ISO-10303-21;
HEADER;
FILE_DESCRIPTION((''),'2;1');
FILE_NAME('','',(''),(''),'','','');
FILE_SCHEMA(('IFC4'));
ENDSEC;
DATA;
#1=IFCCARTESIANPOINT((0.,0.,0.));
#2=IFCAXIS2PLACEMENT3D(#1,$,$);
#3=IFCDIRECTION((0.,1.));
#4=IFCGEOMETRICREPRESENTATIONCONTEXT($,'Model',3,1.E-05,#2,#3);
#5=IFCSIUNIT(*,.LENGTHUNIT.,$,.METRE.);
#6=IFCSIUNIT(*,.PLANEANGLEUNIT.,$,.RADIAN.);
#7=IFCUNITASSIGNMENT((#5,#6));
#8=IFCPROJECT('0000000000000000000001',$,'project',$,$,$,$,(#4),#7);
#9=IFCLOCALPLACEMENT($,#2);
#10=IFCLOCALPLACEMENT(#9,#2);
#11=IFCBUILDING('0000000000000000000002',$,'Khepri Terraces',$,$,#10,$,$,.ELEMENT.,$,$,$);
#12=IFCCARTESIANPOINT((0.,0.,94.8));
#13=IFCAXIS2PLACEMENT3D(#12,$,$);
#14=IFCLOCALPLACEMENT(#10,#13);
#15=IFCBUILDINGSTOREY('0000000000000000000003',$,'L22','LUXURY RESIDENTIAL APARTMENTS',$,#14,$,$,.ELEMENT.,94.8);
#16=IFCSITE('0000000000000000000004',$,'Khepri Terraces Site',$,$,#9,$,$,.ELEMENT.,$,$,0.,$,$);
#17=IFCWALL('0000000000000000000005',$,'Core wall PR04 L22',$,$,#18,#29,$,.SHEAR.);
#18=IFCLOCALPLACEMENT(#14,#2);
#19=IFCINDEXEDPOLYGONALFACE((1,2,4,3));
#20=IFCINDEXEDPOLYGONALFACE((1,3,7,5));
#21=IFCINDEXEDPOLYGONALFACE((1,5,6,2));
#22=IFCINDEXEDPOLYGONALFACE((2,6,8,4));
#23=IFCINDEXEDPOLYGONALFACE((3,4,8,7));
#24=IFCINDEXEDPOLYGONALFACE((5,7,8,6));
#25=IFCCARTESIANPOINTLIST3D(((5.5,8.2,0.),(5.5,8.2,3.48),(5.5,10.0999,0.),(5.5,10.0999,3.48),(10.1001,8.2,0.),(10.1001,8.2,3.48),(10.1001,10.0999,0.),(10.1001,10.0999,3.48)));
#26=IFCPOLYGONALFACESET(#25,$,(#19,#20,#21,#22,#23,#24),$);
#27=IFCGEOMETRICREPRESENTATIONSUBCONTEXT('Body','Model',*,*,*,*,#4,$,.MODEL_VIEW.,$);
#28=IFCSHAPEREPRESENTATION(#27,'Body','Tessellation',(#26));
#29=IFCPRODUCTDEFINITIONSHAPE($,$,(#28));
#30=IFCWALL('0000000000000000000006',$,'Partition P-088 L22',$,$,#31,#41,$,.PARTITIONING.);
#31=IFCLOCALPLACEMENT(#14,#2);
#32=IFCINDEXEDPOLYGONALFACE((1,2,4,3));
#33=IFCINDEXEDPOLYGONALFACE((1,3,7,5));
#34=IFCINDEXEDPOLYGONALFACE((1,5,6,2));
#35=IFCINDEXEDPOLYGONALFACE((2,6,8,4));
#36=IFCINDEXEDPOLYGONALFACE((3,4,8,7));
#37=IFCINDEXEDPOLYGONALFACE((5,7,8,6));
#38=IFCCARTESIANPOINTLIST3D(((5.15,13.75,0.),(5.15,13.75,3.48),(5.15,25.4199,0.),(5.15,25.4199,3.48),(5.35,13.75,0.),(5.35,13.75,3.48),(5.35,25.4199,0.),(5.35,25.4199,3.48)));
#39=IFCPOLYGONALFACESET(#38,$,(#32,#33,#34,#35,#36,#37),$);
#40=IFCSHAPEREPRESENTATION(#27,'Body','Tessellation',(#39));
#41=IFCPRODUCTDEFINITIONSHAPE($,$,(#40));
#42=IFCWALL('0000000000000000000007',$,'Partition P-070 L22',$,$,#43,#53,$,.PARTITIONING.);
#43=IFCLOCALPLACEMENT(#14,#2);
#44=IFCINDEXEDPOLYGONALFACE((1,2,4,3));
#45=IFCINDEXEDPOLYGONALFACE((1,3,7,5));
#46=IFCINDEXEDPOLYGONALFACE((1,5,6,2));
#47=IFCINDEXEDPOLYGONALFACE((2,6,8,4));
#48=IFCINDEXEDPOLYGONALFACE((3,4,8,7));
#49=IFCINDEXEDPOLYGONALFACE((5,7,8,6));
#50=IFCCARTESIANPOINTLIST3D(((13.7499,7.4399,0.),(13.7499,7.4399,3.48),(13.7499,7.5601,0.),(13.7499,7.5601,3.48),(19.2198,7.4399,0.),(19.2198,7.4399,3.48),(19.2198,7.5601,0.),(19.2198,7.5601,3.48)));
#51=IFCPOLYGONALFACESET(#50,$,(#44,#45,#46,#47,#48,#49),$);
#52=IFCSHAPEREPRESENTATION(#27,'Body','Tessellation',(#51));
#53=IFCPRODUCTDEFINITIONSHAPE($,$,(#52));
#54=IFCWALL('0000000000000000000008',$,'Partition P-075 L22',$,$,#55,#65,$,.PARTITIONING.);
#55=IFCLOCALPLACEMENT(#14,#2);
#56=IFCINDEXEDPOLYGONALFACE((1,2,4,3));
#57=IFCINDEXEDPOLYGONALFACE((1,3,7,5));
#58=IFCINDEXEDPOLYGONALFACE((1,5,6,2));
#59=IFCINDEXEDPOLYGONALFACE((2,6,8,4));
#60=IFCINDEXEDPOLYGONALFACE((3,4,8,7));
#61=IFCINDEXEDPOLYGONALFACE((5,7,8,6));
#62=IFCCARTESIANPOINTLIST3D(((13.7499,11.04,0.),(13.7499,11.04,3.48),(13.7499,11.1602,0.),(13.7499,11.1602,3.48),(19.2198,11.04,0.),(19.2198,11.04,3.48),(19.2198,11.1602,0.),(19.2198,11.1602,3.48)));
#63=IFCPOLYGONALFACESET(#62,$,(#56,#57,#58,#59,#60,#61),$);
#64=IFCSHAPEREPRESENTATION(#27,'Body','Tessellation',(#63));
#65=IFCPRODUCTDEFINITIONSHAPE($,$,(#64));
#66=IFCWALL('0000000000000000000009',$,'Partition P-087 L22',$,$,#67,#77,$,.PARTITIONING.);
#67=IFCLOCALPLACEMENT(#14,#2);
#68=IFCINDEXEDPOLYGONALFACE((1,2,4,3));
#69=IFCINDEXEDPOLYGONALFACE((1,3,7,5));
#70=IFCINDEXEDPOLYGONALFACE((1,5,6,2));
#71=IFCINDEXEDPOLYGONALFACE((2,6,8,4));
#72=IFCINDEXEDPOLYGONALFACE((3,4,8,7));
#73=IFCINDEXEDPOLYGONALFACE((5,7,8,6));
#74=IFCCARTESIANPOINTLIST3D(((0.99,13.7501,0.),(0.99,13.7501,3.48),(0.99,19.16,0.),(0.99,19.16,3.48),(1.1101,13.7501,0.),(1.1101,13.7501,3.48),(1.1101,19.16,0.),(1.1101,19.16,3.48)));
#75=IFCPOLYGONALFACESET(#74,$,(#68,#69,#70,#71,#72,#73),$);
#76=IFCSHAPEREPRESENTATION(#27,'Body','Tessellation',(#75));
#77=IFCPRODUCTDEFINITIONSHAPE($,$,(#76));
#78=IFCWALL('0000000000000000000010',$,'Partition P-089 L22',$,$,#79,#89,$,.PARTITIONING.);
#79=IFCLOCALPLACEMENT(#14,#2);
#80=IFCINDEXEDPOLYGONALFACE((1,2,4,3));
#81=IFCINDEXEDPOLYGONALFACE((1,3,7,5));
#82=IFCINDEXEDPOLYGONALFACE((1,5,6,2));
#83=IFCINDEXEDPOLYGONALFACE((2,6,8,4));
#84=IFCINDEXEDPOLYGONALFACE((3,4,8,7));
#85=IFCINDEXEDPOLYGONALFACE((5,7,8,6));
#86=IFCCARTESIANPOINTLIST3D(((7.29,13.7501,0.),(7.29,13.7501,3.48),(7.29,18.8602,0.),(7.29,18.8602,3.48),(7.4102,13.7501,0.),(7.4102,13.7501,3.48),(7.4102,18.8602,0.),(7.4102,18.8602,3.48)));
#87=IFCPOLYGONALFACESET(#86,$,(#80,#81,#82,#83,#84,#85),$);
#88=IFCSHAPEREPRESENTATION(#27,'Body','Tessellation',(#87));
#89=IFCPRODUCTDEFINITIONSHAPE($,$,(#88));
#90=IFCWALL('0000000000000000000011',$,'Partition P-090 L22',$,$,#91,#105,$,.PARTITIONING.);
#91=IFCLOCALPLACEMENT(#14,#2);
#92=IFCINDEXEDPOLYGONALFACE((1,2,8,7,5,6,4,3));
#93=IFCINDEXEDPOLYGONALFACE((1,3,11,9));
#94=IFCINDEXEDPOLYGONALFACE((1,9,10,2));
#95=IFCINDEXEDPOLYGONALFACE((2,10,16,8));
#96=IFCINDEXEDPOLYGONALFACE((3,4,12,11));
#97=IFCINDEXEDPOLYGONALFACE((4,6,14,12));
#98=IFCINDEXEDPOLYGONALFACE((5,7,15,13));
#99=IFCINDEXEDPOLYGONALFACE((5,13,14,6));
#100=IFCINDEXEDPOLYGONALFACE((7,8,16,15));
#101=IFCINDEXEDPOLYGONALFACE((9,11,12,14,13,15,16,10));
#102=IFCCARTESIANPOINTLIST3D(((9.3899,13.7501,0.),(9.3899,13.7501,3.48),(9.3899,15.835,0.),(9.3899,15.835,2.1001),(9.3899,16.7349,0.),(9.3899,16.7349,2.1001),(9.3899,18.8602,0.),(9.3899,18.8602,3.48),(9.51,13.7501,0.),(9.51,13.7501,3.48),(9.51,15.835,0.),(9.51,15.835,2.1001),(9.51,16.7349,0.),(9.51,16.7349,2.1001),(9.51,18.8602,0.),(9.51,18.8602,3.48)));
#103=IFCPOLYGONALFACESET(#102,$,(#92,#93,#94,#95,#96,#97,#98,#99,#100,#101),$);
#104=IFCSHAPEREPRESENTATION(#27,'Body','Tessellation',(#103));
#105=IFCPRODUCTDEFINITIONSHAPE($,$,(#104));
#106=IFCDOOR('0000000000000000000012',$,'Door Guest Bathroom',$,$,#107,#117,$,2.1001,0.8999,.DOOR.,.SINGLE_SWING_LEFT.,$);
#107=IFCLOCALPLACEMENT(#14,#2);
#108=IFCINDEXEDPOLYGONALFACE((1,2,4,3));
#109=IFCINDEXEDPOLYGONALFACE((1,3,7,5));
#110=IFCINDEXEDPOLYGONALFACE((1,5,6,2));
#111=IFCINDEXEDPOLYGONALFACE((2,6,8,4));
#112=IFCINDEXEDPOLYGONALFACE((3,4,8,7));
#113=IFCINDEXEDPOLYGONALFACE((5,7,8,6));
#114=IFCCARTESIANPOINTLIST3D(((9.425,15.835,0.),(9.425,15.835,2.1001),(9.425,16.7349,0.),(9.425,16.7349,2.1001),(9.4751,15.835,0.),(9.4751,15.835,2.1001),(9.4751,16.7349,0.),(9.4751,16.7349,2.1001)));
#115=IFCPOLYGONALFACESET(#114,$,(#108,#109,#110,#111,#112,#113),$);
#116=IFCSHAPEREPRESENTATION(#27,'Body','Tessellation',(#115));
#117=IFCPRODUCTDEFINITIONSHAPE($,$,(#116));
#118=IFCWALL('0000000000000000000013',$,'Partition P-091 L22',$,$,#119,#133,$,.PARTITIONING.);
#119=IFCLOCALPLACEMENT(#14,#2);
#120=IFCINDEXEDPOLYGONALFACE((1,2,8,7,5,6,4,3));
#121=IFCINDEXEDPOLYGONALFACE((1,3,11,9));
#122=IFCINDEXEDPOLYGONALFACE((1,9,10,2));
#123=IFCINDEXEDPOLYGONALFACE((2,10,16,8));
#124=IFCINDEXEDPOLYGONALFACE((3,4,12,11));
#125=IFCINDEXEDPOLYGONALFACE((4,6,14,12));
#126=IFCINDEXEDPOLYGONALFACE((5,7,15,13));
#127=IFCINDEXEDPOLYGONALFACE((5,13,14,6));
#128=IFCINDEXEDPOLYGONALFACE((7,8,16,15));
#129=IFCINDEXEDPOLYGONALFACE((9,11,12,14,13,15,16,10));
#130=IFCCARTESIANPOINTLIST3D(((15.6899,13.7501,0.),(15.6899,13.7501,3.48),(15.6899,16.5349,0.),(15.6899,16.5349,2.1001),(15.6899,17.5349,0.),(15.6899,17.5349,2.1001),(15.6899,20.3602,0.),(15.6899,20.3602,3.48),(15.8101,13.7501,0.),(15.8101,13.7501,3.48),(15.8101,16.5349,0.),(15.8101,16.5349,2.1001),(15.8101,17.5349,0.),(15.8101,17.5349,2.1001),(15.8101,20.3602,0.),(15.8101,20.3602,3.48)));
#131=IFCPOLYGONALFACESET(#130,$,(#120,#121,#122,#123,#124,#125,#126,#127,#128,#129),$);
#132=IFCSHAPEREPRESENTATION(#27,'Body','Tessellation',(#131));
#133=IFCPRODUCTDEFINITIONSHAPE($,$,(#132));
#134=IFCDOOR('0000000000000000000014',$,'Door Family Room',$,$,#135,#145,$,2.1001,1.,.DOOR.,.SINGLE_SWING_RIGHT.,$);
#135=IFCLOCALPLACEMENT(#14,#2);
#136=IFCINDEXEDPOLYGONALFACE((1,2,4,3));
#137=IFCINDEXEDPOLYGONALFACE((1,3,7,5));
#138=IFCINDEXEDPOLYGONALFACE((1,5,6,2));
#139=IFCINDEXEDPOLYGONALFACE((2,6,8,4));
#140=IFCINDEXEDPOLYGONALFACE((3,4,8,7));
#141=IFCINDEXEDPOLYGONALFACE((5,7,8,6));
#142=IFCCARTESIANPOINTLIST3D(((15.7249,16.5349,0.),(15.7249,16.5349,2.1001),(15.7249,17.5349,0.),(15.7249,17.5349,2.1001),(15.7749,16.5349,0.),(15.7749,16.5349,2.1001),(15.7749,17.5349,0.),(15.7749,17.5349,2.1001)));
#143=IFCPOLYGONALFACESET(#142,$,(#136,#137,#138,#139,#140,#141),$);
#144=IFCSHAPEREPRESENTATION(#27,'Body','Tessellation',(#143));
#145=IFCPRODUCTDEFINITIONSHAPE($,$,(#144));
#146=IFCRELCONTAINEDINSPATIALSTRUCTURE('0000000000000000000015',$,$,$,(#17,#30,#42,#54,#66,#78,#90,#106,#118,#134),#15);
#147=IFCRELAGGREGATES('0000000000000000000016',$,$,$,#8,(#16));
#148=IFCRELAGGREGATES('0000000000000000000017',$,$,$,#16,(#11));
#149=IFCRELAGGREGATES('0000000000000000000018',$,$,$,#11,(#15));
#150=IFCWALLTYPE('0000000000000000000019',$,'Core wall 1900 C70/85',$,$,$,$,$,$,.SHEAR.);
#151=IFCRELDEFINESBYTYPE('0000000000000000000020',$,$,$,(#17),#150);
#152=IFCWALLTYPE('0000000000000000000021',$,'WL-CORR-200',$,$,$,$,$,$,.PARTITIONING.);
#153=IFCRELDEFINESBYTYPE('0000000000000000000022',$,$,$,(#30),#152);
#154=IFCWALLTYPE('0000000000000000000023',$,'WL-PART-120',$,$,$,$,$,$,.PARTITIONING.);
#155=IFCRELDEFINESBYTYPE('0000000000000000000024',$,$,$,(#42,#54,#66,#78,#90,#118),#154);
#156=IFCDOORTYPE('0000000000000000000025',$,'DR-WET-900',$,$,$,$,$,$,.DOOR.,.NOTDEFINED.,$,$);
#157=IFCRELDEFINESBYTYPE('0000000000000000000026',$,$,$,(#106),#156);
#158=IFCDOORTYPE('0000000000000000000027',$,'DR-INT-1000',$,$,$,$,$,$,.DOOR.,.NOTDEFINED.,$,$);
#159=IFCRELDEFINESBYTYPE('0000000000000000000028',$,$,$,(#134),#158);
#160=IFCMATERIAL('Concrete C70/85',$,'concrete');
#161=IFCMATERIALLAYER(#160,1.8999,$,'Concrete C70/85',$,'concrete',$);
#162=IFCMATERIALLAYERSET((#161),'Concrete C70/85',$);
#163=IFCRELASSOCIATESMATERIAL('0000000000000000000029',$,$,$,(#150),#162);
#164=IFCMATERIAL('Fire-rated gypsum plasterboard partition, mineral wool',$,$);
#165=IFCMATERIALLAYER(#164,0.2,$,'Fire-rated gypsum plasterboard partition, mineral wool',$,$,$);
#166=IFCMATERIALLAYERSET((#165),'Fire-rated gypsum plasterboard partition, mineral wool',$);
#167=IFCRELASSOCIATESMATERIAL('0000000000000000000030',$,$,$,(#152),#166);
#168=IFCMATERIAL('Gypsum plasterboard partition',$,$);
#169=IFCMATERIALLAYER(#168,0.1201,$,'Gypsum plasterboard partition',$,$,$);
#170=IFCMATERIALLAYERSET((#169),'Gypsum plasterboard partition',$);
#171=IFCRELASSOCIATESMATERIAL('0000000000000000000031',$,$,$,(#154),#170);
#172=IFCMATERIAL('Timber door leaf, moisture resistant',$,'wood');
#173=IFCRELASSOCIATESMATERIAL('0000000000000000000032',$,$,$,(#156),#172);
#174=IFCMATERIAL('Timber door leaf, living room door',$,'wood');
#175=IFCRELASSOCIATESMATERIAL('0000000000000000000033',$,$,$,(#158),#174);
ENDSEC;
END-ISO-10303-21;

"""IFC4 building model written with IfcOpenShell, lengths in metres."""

from ifc_helpers import new_model, si_unit, direction, frame, frame_2d, origin, place, context, subcontext, project, spatial, rectangle, extrude, material, layer, layer_set, type_object, element, fill, save


model = new_model("IFC4")

# Units and contexts
model_context = context("Model", 3, precision=1e-05, world=origin(), true_north=direction((0.0, 1.0)))
body_context = subcontext(model_context, "Body", "Model", "MODEL_VIEW")
ifc_project = project(units=[si_unit("LENGTHUNIT", "METRE"), si_unit("PLANEANGLEUNIT", "RADIAN")], contexts=[model_context])

# Site, building, storey
site_placement = place(None, origin())
site = spatial("IfcSite", under=ifc_project, at=site_placement, Name="Khepri Terraces Site", CompositionType="ELEMENT", RefElevation=0.0)
building_placement = place(site_placement, origin())
building = spatial("IfcBuilding", under=site, at=building_placement, Name="Khepri Terraces", CompositionType="ELEMENT")
storey_placement = place(building_placement, frame((0.0, 0.0, 94.8)))
storey = spatial("IfcBuildingStorey", under=building, at=storey_placement, Name="L22", Description="LUXURY RESIDENTIAL APARTMENTS", CompositionType="ELEMENT", Elevation=94.8)

# Walls
ifc_material_1 = material(Name="Concrete C70/85", Category="concrete")
ifc_layer_1 = layer(ifc_material_1, 1.8999, Name="Concrete C70/85", Category="concrete")
ifc_layer_set_1 = layer_set([ifc_layer_1], Name="Concrete C70/85")
wall_type_1 = type_object("IfcWallType", Name="Core wall 1900 C70/85", PredefinedType="SHEAR", material=ifc_layer_set_1)
wall_1_placement = place(storey_placement, frame((5.5, 9.1499, 0.0), z_axis=(0.0, 0.0, 1.0), x_axis=(1.0, 0.0, 0.0)))
element("IfcWall", 1, at=wall_1_placement, inside=storey, type_object=wall_type_1, Name="Core wall PR04 L22", PredefinedType="SHEAR", context=body_context, shape_type="SweptSolid", body=[
    extrude(rectangle(XDim=4.6001, YDim=1.8999, at=frame_2d((2.3, 0.0))), origin(), (0.0, 0.0, 1.0), 3.48),
])
ifc_material_2 = material(Name="Fire-rated gypsum plasterboard partition, mineral wool")
ifc_layer_2 = layer(ifc_material_2, 0.2, Name="Fire-rated gypsum plasterboard partition, mineral wool")
ifc_layer_set_2 = layer_set([ifc_layer_2], Name="Fire-rated gypsum plasterboard partition, mineral wool")
wall_type_2 = type_object("IfcWallType", Name="WL-CORR-200", PredefinedType="PARTITIONING", material=ifc_layer_set_2)
wall_2_placement = place(storey_placement, frame((5.25, 13.75, 0.0), z_axis=(0.0, 0.0, 1.0), x_axis=(0.0, 1.0, 0.0)))
element("IfcWall", 2, at=wall_2_placement, inside=storey, type_object=wall_type_2, Name="Partition P-088 L22", PredefinedType="PARTITIONING", context=body_context, shape_type="SweptSolid", body=[
    extrude(rectangle(XDim=11.6699, YDim=0.2, at=frame_2d((5.835, 0.0))), origin(), (0.0, 0.0, 1.0), 3.48),
])
ifc_material_3 = material(Name="Gypsum plasterboard partition")
ifc_layer_3 = layer(ifc_material_3, 0.1201, Name="Gypsum plasterboard partition")
ifc_layer_set_3 = layer_set([ifc_layer_3], Name="Gypsum plasterboard partition")
wall_type_3 = type_object("IfcWallType", Name="WL-PART-120", PredefinedType="PARTITIONING", material=ifc_layer_set_3)
for number, where, z_axis, x_axis, name in (
    (3, (13.75, 7.5, 0.0), (0.0, 0.0, 1.0), (1.0, 0.0, 0.0), "Partition P-070 L22"),
    (4, (13.75, 11.1001, 0.0), (0.0, 0.0, 1.0), (1.0, 0.0, 0.0), "Partition P-075 L22"),
):
    element("IfcWall", number, at=place(storey_placement, frame(where, z_axis=z_axis, x_axis=x_axis)), inside=storey, type_object=wall_type_3, Name=name, PredefinedType="PARTITIONING", context=body_context, shape_type="SweptSolid", body=[
        extrude(rectangle(XDim=5.47, YDim=0.1201, at=frame_2d((2.7349, 0.0))), origin(), (0.0, 0.0, 1.0), 3.48),
    ])
wall_3_placement = place(storey_placement, frame((1.05, 13.75, 0.0), z_axis=(0.0, 0.0, 1.0), x_axis=(0.0, 1.0, 0.0)))
element("IfcWall", 5, at=wall_3_placement, inside=storey, type_object=wall_type_3, Name="Partition P-087 L22", PredefinedType="PARTITIONING", context=body_context, shape_type="SweptSolid", body=[
    extrude(rectangle(XDim=5.4099, YDim=0.1201, at=frame_2d((2.7051, 0.0))), origin(), (0.0, 0.0, 1.0), 3.48),
])
wall_4_placement = place(storey_placement, frame((7.3501, 13.75, 0.0), z_axis=(0.0, 0.0, 1.0), x_axis=(0.0, 1.0, 0.0)))
element("IfcWall", 6, at=wall_4_placement, inside=storey, type_object=wall_type_3, Name="Partition P-089 L22", PredefinedType="PARTITIONING", context=body_context, shape_type="SweptSolid", body=[
    extrude(rectangle(XDim=5.1101, YDim=0.1201, at=frame_2d((2.5552, 0.0))), origin(), (0.0, 0.0, 1.0), 3.48),
])

# Walls, openings, doors
wall_5_placement = place(storey_placement, frame((9.45, 13.75, 0.0), z_axis=(0.0, 0.0, 1.0), x_axis=(0.0, 1.0, 0.0)))
wall_5 = element("IfcWall", 7, at=wall_5_placement, inside=storey, type_object=wall_type_3, Name="Partition P-090 L22", PredefinedType="PARTITIONING", context=body_context, shape_type="SweptSolid", body=[
    extrude(rectangle(XDim=5.1101, YDim=0.1201, at=frame_2d((2.5552, 0.0))), origin(), (0.0, 0.0, 1.0), 3.48),
])
opening_1_placement = place(wall_5_placement, frame((2.085, 0.0, 0.0)))
opening_1 = element("IfcOpeningElement", 8, at=opening_1_placement, cuts=wall_5, PredefinedType="OPENING", context=body_context, shape_type="SweptSolid", body=[
    extrude(rectangle(XDim=0.8999, YDim=2.1001, at=frame_2d((0.45, 1.05))), frame((0.0, 0.0701, 0.0), z_axis=(0.0, -1.0, 0.0), x_axis=(1.0, 0.0, 0.0)), (0.0, 0.0, 1.0), 0.1401),
])
ifc_material_4 = material(Name="Timber door leaf, moisture resistant", Category="wood")
door_type_1 = type_object("IfcDoorType", Name="DR-WET-900", OperationType="NOTDEFINED", PredefinedType="DOOR", material=ifc_material_4)
door_1_placement = place(opening_1_placement, origin())
door_1 = element("IfcDoor", 9, at=door_1_placement, inside=storey, type_object=door_type_1, Name="Door Guest Bathroom", OperationType="SINGLE_SWING_LEFT", OverallHeight=2.1001, OverallWidth=0.8999, PredefinedType="DOOR", context=body_context, shape_type="SweptSolid", body=[
    extrude(rectangle(XDim=0.8999, YDim=2.1001, at=frame_2d((0.45, 1.05))), frame((0.0, 0.0249, 0.0), z_axis=(0.0, -1.0, 0.0), x_axis=(1.0, 0.0, 0.0)), (0.0, 0.0, 1.0), 0.05),
])
fill(opening_1, door_1)
wall_6_placement = place(storey_placement, frame((15.75, 13.75, 0.0), z_axis=(0.0, 0.0, 1.0), x_axis=(0.0, 1.0, 0.0)))
wall_6 = element("IfcWall", 10, at=wall_6_placement, inside=storey, type_object=wall_type_3, Name="Partition P-091 L22", PredefinedType="PARTITIONING", context=body_context, shape_type="SweptSolid", body=[
    extrude(rectangle(XDim=6.6101, YDim=0.1201, at=frame_2d((3.3052, 0.0))), origin(), (0.0, 0.0, 1.0), 3.48),
])
opening_2_placement = place(wall_6_placement, frame((2.7849, 0.0, 0.0)))
opening_2 = element("IfcOpeningElement", 11, at=opening_2_placement, cuts=wall_6, PredefinedType="OPENING", context=body_context, shape_type="SweptSolid", body=[
    extrude(rectangle(XDim=1.0, YDim=2.1001, at=frame_2d((0.5, 1.05))), frame((0.0, 0.0701, 0.0), z_axis=(0.0, -1.0, 0.0), x_axis=(1.0, 0.0, 0.0)), (0.0, 0.0, 1.0), 0.1401),
])
ifc_material_5 = material(Name="Timber door leaf, living room door", Category="wood")
door_type_2 = type_object("IfcDoorType", Name="DR-INT-1000", OperationType="NOTDEFINED", PredefinedType="DOOR", material=ifc_material_5)
door_2_placement = place(opening_2_placement, frame((1.0, 0.0, 0.0), z_axis=(0.0, 0.0, 1.0), x_axis=(-1.0, 0.0, 0.0)))
door_2 = element("IfcDoor", 12, at=door_2_placement, inside=storey, type_object=door_type_2, Name="Door Family Room", OperationType="SINGLE_SWING_RIGHT", OverallHeight=2.1001, OverallWidth=1.0, PredefinedType="DOOR", context=body_context, shape_type="SweptSolid", body=[
    extrude(rectangle(XDim=1.0, YDim=2.1001, at=frame_2d((0.5, 1.05))), frame((0.0, 0.0249, 0.0), z_axis=(0.0, -1.0, 0.0), x_axis=(1.0, 0.0, 0.0)), (0.0, 0.0, 1.0), 0.05),
])
fill(opening_2, door_2)

save(model, "model.ifc")
